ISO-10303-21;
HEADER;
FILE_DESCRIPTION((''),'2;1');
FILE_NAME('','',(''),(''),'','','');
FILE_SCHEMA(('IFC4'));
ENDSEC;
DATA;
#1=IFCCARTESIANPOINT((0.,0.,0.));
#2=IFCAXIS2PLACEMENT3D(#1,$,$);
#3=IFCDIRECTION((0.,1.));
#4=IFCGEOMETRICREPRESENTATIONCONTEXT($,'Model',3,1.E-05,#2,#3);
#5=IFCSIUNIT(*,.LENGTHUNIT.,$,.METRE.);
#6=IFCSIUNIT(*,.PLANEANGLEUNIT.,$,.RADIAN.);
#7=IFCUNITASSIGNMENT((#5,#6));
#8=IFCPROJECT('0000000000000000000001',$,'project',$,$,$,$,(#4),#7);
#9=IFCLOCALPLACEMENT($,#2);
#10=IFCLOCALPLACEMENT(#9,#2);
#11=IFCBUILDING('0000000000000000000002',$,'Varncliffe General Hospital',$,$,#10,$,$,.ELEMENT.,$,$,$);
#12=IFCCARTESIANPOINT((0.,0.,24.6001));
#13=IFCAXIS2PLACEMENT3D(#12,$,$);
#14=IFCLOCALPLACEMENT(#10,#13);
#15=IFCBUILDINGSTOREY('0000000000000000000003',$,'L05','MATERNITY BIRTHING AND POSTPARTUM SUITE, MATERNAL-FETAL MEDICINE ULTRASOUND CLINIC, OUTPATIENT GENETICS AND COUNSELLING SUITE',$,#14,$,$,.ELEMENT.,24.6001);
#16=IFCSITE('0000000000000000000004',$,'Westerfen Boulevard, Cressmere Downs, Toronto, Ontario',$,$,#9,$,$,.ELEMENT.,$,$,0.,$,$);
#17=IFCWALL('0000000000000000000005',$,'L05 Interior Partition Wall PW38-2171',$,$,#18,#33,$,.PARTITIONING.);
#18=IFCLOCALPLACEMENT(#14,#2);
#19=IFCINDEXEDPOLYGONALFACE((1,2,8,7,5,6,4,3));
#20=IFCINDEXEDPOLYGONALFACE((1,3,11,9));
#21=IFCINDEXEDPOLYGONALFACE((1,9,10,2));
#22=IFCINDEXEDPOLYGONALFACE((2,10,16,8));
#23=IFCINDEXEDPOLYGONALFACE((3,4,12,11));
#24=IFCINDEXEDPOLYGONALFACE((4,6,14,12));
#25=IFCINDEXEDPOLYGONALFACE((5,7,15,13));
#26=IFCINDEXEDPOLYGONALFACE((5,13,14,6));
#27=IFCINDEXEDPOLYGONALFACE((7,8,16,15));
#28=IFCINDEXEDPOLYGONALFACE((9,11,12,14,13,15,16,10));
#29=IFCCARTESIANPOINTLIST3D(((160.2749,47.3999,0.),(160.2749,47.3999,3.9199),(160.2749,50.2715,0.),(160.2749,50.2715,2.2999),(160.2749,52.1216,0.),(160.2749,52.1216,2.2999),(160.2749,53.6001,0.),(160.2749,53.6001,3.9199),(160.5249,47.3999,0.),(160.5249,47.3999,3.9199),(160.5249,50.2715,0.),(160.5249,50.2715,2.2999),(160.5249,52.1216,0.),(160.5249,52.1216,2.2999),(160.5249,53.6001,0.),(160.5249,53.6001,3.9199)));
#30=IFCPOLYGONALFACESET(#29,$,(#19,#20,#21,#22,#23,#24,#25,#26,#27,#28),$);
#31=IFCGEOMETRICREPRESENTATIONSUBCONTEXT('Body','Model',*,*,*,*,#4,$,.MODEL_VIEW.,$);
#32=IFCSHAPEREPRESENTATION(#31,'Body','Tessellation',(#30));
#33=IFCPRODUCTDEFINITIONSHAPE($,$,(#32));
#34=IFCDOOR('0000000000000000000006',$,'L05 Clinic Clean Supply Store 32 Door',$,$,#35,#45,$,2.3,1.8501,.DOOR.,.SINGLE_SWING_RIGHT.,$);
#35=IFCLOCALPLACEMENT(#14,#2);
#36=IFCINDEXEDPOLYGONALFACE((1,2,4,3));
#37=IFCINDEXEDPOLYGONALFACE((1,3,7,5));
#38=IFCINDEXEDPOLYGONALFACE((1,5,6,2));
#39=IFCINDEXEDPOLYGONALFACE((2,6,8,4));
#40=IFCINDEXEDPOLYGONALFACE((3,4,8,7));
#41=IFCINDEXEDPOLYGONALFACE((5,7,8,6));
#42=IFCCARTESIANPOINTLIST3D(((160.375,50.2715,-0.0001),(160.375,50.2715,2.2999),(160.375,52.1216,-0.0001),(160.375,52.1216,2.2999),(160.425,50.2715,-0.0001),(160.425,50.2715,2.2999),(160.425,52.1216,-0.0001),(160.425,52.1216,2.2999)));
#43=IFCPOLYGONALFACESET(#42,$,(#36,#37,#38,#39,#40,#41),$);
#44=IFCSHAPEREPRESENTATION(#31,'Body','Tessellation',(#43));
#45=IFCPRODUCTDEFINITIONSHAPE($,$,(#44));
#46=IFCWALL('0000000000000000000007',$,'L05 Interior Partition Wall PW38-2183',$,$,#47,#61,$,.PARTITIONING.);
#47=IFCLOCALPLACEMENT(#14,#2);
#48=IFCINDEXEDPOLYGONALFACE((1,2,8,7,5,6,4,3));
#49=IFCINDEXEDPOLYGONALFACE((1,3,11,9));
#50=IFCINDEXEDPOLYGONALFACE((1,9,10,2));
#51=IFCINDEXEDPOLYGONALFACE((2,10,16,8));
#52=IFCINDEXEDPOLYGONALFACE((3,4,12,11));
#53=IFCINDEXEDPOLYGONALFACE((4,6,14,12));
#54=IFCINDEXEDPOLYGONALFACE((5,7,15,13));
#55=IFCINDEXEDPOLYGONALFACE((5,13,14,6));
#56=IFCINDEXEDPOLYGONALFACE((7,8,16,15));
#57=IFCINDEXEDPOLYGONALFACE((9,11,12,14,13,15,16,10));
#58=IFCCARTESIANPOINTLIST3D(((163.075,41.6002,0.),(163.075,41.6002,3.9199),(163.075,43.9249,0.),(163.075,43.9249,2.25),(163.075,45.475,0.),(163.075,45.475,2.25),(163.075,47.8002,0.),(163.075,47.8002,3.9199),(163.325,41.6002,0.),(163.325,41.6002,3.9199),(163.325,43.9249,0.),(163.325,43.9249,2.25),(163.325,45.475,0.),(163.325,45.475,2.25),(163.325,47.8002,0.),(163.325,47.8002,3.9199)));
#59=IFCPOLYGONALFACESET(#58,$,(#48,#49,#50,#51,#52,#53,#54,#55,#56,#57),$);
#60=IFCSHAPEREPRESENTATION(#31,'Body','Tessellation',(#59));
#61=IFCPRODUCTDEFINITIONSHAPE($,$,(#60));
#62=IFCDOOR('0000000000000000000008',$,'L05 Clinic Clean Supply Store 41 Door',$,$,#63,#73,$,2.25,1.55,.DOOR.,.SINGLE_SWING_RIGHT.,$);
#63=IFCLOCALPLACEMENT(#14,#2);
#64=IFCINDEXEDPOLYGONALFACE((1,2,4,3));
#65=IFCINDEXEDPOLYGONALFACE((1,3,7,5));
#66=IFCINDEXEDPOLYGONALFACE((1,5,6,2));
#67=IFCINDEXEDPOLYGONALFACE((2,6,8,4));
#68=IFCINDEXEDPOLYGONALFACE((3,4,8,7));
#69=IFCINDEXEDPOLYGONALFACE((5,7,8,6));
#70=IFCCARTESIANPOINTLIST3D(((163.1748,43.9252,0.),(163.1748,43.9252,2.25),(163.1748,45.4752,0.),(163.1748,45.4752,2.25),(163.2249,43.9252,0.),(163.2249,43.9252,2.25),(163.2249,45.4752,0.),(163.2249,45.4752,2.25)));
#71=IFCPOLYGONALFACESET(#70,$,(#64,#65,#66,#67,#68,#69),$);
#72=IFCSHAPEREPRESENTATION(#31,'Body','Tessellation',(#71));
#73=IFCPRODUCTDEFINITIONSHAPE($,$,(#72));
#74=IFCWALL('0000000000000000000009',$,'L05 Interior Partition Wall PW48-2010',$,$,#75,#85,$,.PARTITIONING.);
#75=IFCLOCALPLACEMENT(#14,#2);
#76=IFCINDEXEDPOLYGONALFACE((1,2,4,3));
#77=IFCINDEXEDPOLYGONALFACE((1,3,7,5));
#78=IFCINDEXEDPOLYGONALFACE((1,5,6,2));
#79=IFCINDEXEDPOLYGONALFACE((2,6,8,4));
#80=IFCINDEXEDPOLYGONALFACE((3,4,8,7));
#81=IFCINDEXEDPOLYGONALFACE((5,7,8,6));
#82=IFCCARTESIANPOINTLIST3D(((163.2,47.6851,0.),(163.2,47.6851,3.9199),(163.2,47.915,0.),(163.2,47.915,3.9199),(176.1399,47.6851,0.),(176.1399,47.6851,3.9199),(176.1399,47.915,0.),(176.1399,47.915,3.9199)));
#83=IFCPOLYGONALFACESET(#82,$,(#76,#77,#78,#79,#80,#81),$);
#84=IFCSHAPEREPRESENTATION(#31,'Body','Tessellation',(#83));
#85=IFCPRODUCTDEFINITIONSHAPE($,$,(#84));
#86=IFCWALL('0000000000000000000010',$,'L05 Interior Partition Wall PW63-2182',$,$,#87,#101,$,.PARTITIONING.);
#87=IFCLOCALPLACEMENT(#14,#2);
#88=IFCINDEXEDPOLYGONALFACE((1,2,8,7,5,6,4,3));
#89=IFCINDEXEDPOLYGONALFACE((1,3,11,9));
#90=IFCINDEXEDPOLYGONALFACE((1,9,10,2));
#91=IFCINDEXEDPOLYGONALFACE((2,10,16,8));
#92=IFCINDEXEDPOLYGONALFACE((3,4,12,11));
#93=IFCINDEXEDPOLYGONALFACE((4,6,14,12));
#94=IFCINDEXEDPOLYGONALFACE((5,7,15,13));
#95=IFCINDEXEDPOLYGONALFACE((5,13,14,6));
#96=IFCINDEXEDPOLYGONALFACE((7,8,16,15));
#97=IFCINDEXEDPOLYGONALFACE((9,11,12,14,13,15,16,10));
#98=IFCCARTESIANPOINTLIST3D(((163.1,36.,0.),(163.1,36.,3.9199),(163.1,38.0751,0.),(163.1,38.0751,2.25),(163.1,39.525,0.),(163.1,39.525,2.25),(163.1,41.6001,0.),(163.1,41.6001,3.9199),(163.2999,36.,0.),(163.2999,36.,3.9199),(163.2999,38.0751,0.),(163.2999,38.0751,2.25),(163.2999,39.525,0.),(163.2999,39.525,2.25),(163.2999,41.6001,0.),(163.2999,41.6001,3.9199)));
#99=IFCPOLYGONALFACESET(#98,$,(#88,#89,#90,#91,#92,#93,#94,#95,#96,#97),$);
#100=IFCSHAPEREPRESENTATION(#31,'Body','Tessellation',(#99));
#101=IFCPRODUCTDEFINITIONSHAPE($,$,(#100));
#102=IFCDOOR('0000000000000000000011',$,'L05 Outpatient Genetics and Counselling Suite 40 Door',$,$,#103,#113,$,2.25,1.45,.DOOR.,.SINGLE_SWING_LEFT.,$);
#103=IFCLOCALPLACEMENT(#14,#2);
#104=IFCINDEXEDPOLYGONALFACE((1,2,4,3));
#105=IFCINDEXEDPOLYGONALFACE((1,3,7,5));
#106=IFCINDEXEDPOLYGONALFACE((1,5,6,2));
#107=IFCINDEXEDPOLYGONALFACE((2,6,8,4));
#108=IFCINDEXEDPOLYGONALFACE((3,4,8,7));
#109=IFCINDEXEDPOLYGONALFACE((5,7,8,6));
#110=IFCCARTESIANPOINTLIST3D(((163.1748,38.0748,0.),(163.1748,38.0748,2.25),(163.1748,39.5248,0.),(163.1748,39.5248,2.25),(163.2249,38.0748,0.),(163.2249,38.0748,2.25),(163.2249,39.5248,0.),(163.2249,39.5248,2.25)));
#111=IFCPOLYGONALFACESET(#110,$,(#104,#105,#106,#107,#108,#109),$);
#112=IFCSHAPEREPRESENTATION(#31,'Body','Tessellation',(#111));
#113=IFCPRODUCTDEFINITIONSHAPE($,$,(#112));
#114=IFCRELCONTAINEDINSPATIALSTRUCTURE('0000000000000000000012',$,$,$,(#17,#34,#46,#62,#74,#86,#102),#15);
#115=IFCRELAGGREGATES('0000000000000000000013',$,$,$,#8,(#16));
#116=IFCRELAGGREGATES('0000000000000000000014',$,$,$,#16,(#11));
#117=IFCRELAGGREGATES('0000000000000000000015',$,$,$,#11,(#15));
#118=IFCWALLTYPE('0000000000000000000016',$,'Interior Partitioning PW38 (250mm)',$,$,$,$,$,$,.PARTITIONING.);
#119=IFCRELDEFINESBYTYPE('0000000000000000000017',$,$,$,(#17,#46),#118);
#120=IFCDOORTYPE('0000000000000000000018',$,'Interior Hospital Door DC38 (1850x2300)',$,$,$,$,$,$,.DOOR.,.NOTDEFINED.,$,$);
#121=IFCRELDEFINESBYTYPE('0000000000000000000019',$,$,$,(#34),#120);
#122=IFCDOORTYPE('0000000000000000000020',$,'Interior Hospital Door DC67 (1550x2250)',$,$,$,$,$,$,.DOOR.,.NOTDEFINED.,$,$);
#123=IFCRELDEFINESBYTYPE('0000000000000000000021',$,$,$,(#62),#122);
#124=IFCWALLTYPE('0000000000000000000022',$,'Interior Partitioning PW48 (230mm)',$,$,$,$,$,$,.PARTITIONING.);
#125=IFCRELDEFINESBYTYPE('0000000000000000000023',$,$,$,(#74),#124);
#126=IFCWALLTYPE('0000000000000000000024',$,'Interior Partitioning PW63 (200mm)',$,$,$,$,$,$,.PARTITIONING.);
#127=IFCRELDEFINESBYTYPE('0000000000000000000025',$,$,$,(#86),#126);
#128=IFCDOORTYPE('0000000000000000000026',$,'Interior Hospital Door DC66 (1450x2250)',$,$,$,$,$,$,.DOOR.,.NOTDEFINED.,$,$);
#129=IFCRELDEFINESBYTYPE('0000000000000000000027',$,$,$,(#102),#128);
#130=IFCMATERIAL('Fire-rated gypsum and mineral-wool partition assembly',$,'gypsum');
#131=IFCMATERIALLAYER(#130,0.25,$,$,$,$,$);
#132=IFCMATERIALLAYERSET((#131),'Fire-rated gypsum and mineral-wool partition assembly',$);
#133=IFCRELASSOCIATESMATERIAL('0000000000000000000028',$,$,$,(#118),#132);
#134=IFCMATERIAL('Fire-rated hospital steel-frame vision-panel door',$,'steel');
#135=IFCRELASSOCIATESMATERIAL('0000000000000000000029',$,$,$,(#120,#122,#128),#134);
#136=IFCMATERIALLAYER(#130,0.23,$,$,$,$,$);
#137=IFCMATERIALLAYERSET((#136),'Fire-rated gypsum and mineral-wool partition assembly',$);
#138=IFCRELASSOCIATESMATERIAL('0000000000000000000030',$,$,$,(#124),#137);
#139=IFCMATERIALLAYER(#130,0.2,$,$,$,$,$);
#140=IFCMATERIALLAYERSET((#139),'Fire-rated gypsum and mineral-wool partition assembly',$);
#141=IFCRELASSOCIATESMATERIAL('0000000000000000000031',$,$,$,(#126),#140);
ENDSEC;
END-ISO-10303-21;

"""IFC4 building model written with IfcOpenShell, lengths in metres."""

from ifc_helpers import new_model, si_unit, direction, frame, frame_2d, origin, place, context, subcontext, project, spatial, rectangle, extrude, material, layer, layer_set, type_object, element, fill, save


model = new_model("IFC4")

# Units and contexts
model_context = context("Model", 3, precision=1e-05, world=origin(), true_north=direction((0.0, 1.0)))
body_context = subcontext(model_context, "Body", "Model", "MODEL_VIEW")
ifc_project = project(units=[si_unit("LENGTHUNIT", "METRE"), si_unit("PLANEANGLEUNIT", "RADIAN")], contexts=[model_context])

# Site, building, storey
site_placement = place(None, origin())
site = spatial("IfcSite", under=ifc_project, at=site_placement, Name="Westerfen Boulevard, Cressmere Downs, Toronto, Ontario", CompositionType="ELEMENT", RefElevation=0.0)
building_placement = place(site_placement, origin())
building = spatial("IfcBuilding", under=site, at=building_placement, Name="Varncliffe General Hospital", CompositionType="ELEMENT")
storey_placement = place(building_placement, frame((0.0, 0.0, 24.6001)))
storey = spatial("IfcBuildingStorey", under=building, at=storey_placement, Name="L05", Description="MATERNITY BIRTHING AND POSTPARTUM SUITE, MATERNAL-FETAL MEDICINE ULTRASOUND CLINIC, OUTPATIENT GENETICS AND COUNSELLING SUITE", CompositionType="ELEMENT", Elevation=24.6001)

# Shared definitions
ifc_material_1 = material(Name="Fire-rated gypsum and mineral-wool partition assembly", Category="gypsum")
ifc_layer_1 = layer(ifc_material_1, 0.25)
ifc_layer_set_1 = layer_set([ifc_layer_1], Name="Fire-rated gypsum and mineral-wool partition assembly")
wall_type_1 = type_object("IfcWallType", Name="Interior Partitioning PW38 (250mm)", PredefinedType="PARTITIONING", material=ifc_layer_set_1)

# Walls, openings, doors
wall_1_placement = place(storey_placement, frame((160.3999, 47.3999, 0.0), z_axis=(0.0, 0.0, 1.0), x_axis=(0.0, 1.0, 0.0)))
wall_1 = element("IfcWall", 1, at=wall_1_placement, inside=storey, type_object=wall_type_1, Name="L05 Interior Partition Wall PW38-2171", PredefinedType="PARTITIONING", context=body_context, shape_type="SweptSolid", body=[
    extrude(rectangle(XDim=6.2002, YDim=0.25, at=frame_2d((3.1001, 0.0))), origin(), (0.0, 0.0, 1.0), 3.9199),
])
opening_1_placement = place(wall_1_placement, frame((2.8716, 0.0, 0.0)))
opening_1 = element("IfcOpeningElement", 2, at=opening_1_placement, cuts=wall_1, PredefinedType="OPENING", context=body_context, shape_type="SweptSolid", body=[
    extrude(rectangle(XDim=1.8501, YDim=2.3, at=frame_2d((0.925, 1.1499))), frame((0.0, 0.135, 0.0), z_axis=(0.0, -1.0, 0.0), x_axis=(1.0, 0.0, 0.0)), (0.0, 0.0, 1.0), 0.27),
])
ifc_material_2 = material(Name="Fire-rated hospital steel-frame vision-panel door", Category="steel")
door_type_1 = type_object("IfcDoorType", Name="Interior Hospital Door DC38 (1850x2300)", OperationType="NOTDEFINED", PredefinedType="DOOR", material=ifc_material_2)
door_1_placement = place(opening_1_placement, origin())
door_1 = element("IfcDoor", 3, at=door_1_placement, inside=storey, type_object=door_type_1, Name="L05 Clinic Clean Supply Store 32 Door", OperationType="SINGLE_SWING_RIGHT", OverallHeight=2.3, OverallWidth=1.8501, PredefinedType="DOOR", context=body_context, shape_type="SweptSolid", body=[
    extrude(rectangle(XDim=1.8501, YDim=2.3, at=frame_2d((0.925, 1.1499))), frame((0.0, 0.0249, 0.0), z_axis=(0.0, -1.0, 0.0), x_axis=(1.0, 0.0, 0.0)), (0.0, 0.0, 1.0), 0.05),
])
fill(opening_1, door_1)
wall_2_placement = place(storey_placement, frame((163.2, 41.6001, 0.0), z_axis=(0.0, 0.0, 1.0), x_axis=(0.0, 1.0, 0.0)))
wall_2 = element("IfcWall", 4, at=wall_2_placement, inside=storey, type_object=wall_type_1, Name="L05 Interior Partition Wall PW38-2183", PredefinedType="PARTITIONING", context=body_context, shape_type="SweptSolid", body=[
    extrude(rectangle(XDim=6.2, YDim=0.25, at=frame_2d((3.1001, 0.0))), origin(), (0.0, 0.0, 1.0), 3.9199),
])
opening_2_placement = place(wall_2_placement, frame((2.325, 0.0, 0.0)))
opening_2 = element("IfcOpeningElement", 5, at=opening_2_placement, cuts=wall_2, PredefinedType="OPENING", context=body_context, shape_type="SweptSolid", body=[
    extrude(rectangle(XDim=1.55, YDim=2.25, at=frame_2d((0.7749, 1.125))), frame((0.0, 0.135, 0.0), z_axis=(0.0, -1.0, 0.0), x_axis=(1.0, 0.0, 0.0)), (0.0, 0.0, 1.0), 0.27),
])
door_type_2 = type_object("IfcDoorType", Name="Interior Hospital Door DC67 (1550x2250)", OperationType="NOTDEFINED", PredefinedType="DOOR", material=ifc_material_2)
door_2_placement = place(opening_2_placement, frame((1.55, 0.0, 0.0), z_axis=(0.0, 0.0, 1.0), x_axis=(-1.0, 0.0, 0.0)))
door_2 = element("IfcDoor", 6, at=door_2_placement, inside=storey, type_object=door_type_2, Name="L05 Clinic Clean Supply Store 41 Door", OperationType="SINGLE_SWING_RIGHT", OverallHeight=2.25, OverallWidth=1.55, PredefinedType="DOOR", context=body_context, shape_type="SweptSolid", body=[
    extrude(rectangle(XDim=1.55, YDim=2.25, at=frame_2d((0.7749, 1.125))), frame((0.0, 0.0249, 0.0), z_axis=(0.0, -1.0, 0.0), x_axis=(1.0, 0.0, 0.0)), (0.0, 0.0, 1.0), 0.05),
])
fill(opening_2, door_2)

# Wall
ifc_layer_2 = layer(ifc_material_1, 0.23)
ifc_layer_set_2 = layer_set([ifc_layer_2], Name="Fire-rated gypsum and mineral-wool partition assembly")
wall_type_2 = type_object("IfcWallType", Name="Interior Partitioning PW48 (230mm)", PredefinedType="PARTITIONING", material=ifc_layer_set_2)
wall_3_placement = place(storey_placement, frame((163.2, 47.8, 0.0), z_axis=(0.0, 0.0, 1.0), x_axis=(1.0, 0.0, 0.0)))
element("IfcWall", 7, at=wall_3_placement, inside=storey, type_object=wall_type_2, Name="L05 Interior Partition Wall PW48-2010", PredefinedType="PARTITIONING", context=body_context, shape_type="SweptSolid", body=[
    extrude(rectangle(XDim=12.9399, YDim=0.23, at=frame_2d((6.47, 0.0))), origin(), (0.0, 0.0, 1.0), 3.9199),
])

# Wall, opening, door
ifc_layer_3 = layer(ifc_material_1, 0.2)
ifc_layer_set_3 = layer_set([ifc_layer_3], Name="Fire-rated gypsum and mineral-wool partition assembly")
wall_type_3 = type_object("IfcWallType", Name="Interior Partitioning PW63 (200mm)", PredefinedType="PARTITIONING", material=ifc_layer_set_3)
wall_4_placement = place(storey_placement, frame((163.2, 36.0, 0.0), z_axis=(0.0, 0.0, 1.0), x_axis=(0.0, 1.0, 0.0)))
wall_4 = element("IfcWall", 8, at=wall_4_placement, inside=storey, type_object=wall_type_3, Name="L05 Interior Partition Wall PW63-2182", PredefinedType="PARTITIONING", context=body_context, shape_type="SweptSolid", body=[
    extrude(rectangle(XDim=5.6001, YDim=0.2, at=frame_2d((2.8, 0.0))), origin(), (0.0, 0.0, 1.0), 3.9199),
])
opening_3_placement = place(wall_4_placement, frame((2.075, 0.0, 0.0)))
opening_3 = element("IfcOpeningElement", 9, at=opening_3_placement, cuts=wall_4, PredefinedType="OPENING", context=body_context, shape_type="SweptSolid", body=[
    extrude(rectangle(XDim=1.45, YDim=2.25, at=frame_2d((0.7251, 1.125))), frame((0.0, 0.1099, 0.0), z_axis=(0.0, -1.0, 0.0), x_axis=(1.0, 0.0, 0.0)), (0.0, 0.0, 1.0), 0.22),
])
door_type_3 = type_object("IfcDoorType", Name="Interior Hospital Door DC66 (1450x2250)", OperationType="NOTDEFINED", PredefinedType="DOOR", material=ifc_material_2)
door_3_placement = place(opening_3_placement, frame((1.45, 0.0, 0.0), z_axis=(0.0, 0.0, 1.0), x_axis=(-1.0, 0.0, 0.0)))
door_3 = element("IfcDoor", 10, at=door_3_placement, inside=storey, type_object=door_type_3, Name="L05 Outpatient Genetics and Counselling Suite 40 Door", OperationType="SINGLE_SWING_LEFT", OverallHeight=2.25, OverallWidth=1.45, PredefinedType="DOOR", context=body_context, shape_type="SweptSolid", body=[
    extrude(rectangle(XDim=1.45, YDim=2.25, at=frame_2d((0.7251, 1.125))), frame((0.0, 0.0249, 0.0), z_axis=(0.0, -1.0, 0.0), x_axis=(1.0, 0.0, 0.0)), (0.0, 0.0, 1.0), 0.05),
])
fill(opening_3, door_3)

save(model, "model.ifc")
